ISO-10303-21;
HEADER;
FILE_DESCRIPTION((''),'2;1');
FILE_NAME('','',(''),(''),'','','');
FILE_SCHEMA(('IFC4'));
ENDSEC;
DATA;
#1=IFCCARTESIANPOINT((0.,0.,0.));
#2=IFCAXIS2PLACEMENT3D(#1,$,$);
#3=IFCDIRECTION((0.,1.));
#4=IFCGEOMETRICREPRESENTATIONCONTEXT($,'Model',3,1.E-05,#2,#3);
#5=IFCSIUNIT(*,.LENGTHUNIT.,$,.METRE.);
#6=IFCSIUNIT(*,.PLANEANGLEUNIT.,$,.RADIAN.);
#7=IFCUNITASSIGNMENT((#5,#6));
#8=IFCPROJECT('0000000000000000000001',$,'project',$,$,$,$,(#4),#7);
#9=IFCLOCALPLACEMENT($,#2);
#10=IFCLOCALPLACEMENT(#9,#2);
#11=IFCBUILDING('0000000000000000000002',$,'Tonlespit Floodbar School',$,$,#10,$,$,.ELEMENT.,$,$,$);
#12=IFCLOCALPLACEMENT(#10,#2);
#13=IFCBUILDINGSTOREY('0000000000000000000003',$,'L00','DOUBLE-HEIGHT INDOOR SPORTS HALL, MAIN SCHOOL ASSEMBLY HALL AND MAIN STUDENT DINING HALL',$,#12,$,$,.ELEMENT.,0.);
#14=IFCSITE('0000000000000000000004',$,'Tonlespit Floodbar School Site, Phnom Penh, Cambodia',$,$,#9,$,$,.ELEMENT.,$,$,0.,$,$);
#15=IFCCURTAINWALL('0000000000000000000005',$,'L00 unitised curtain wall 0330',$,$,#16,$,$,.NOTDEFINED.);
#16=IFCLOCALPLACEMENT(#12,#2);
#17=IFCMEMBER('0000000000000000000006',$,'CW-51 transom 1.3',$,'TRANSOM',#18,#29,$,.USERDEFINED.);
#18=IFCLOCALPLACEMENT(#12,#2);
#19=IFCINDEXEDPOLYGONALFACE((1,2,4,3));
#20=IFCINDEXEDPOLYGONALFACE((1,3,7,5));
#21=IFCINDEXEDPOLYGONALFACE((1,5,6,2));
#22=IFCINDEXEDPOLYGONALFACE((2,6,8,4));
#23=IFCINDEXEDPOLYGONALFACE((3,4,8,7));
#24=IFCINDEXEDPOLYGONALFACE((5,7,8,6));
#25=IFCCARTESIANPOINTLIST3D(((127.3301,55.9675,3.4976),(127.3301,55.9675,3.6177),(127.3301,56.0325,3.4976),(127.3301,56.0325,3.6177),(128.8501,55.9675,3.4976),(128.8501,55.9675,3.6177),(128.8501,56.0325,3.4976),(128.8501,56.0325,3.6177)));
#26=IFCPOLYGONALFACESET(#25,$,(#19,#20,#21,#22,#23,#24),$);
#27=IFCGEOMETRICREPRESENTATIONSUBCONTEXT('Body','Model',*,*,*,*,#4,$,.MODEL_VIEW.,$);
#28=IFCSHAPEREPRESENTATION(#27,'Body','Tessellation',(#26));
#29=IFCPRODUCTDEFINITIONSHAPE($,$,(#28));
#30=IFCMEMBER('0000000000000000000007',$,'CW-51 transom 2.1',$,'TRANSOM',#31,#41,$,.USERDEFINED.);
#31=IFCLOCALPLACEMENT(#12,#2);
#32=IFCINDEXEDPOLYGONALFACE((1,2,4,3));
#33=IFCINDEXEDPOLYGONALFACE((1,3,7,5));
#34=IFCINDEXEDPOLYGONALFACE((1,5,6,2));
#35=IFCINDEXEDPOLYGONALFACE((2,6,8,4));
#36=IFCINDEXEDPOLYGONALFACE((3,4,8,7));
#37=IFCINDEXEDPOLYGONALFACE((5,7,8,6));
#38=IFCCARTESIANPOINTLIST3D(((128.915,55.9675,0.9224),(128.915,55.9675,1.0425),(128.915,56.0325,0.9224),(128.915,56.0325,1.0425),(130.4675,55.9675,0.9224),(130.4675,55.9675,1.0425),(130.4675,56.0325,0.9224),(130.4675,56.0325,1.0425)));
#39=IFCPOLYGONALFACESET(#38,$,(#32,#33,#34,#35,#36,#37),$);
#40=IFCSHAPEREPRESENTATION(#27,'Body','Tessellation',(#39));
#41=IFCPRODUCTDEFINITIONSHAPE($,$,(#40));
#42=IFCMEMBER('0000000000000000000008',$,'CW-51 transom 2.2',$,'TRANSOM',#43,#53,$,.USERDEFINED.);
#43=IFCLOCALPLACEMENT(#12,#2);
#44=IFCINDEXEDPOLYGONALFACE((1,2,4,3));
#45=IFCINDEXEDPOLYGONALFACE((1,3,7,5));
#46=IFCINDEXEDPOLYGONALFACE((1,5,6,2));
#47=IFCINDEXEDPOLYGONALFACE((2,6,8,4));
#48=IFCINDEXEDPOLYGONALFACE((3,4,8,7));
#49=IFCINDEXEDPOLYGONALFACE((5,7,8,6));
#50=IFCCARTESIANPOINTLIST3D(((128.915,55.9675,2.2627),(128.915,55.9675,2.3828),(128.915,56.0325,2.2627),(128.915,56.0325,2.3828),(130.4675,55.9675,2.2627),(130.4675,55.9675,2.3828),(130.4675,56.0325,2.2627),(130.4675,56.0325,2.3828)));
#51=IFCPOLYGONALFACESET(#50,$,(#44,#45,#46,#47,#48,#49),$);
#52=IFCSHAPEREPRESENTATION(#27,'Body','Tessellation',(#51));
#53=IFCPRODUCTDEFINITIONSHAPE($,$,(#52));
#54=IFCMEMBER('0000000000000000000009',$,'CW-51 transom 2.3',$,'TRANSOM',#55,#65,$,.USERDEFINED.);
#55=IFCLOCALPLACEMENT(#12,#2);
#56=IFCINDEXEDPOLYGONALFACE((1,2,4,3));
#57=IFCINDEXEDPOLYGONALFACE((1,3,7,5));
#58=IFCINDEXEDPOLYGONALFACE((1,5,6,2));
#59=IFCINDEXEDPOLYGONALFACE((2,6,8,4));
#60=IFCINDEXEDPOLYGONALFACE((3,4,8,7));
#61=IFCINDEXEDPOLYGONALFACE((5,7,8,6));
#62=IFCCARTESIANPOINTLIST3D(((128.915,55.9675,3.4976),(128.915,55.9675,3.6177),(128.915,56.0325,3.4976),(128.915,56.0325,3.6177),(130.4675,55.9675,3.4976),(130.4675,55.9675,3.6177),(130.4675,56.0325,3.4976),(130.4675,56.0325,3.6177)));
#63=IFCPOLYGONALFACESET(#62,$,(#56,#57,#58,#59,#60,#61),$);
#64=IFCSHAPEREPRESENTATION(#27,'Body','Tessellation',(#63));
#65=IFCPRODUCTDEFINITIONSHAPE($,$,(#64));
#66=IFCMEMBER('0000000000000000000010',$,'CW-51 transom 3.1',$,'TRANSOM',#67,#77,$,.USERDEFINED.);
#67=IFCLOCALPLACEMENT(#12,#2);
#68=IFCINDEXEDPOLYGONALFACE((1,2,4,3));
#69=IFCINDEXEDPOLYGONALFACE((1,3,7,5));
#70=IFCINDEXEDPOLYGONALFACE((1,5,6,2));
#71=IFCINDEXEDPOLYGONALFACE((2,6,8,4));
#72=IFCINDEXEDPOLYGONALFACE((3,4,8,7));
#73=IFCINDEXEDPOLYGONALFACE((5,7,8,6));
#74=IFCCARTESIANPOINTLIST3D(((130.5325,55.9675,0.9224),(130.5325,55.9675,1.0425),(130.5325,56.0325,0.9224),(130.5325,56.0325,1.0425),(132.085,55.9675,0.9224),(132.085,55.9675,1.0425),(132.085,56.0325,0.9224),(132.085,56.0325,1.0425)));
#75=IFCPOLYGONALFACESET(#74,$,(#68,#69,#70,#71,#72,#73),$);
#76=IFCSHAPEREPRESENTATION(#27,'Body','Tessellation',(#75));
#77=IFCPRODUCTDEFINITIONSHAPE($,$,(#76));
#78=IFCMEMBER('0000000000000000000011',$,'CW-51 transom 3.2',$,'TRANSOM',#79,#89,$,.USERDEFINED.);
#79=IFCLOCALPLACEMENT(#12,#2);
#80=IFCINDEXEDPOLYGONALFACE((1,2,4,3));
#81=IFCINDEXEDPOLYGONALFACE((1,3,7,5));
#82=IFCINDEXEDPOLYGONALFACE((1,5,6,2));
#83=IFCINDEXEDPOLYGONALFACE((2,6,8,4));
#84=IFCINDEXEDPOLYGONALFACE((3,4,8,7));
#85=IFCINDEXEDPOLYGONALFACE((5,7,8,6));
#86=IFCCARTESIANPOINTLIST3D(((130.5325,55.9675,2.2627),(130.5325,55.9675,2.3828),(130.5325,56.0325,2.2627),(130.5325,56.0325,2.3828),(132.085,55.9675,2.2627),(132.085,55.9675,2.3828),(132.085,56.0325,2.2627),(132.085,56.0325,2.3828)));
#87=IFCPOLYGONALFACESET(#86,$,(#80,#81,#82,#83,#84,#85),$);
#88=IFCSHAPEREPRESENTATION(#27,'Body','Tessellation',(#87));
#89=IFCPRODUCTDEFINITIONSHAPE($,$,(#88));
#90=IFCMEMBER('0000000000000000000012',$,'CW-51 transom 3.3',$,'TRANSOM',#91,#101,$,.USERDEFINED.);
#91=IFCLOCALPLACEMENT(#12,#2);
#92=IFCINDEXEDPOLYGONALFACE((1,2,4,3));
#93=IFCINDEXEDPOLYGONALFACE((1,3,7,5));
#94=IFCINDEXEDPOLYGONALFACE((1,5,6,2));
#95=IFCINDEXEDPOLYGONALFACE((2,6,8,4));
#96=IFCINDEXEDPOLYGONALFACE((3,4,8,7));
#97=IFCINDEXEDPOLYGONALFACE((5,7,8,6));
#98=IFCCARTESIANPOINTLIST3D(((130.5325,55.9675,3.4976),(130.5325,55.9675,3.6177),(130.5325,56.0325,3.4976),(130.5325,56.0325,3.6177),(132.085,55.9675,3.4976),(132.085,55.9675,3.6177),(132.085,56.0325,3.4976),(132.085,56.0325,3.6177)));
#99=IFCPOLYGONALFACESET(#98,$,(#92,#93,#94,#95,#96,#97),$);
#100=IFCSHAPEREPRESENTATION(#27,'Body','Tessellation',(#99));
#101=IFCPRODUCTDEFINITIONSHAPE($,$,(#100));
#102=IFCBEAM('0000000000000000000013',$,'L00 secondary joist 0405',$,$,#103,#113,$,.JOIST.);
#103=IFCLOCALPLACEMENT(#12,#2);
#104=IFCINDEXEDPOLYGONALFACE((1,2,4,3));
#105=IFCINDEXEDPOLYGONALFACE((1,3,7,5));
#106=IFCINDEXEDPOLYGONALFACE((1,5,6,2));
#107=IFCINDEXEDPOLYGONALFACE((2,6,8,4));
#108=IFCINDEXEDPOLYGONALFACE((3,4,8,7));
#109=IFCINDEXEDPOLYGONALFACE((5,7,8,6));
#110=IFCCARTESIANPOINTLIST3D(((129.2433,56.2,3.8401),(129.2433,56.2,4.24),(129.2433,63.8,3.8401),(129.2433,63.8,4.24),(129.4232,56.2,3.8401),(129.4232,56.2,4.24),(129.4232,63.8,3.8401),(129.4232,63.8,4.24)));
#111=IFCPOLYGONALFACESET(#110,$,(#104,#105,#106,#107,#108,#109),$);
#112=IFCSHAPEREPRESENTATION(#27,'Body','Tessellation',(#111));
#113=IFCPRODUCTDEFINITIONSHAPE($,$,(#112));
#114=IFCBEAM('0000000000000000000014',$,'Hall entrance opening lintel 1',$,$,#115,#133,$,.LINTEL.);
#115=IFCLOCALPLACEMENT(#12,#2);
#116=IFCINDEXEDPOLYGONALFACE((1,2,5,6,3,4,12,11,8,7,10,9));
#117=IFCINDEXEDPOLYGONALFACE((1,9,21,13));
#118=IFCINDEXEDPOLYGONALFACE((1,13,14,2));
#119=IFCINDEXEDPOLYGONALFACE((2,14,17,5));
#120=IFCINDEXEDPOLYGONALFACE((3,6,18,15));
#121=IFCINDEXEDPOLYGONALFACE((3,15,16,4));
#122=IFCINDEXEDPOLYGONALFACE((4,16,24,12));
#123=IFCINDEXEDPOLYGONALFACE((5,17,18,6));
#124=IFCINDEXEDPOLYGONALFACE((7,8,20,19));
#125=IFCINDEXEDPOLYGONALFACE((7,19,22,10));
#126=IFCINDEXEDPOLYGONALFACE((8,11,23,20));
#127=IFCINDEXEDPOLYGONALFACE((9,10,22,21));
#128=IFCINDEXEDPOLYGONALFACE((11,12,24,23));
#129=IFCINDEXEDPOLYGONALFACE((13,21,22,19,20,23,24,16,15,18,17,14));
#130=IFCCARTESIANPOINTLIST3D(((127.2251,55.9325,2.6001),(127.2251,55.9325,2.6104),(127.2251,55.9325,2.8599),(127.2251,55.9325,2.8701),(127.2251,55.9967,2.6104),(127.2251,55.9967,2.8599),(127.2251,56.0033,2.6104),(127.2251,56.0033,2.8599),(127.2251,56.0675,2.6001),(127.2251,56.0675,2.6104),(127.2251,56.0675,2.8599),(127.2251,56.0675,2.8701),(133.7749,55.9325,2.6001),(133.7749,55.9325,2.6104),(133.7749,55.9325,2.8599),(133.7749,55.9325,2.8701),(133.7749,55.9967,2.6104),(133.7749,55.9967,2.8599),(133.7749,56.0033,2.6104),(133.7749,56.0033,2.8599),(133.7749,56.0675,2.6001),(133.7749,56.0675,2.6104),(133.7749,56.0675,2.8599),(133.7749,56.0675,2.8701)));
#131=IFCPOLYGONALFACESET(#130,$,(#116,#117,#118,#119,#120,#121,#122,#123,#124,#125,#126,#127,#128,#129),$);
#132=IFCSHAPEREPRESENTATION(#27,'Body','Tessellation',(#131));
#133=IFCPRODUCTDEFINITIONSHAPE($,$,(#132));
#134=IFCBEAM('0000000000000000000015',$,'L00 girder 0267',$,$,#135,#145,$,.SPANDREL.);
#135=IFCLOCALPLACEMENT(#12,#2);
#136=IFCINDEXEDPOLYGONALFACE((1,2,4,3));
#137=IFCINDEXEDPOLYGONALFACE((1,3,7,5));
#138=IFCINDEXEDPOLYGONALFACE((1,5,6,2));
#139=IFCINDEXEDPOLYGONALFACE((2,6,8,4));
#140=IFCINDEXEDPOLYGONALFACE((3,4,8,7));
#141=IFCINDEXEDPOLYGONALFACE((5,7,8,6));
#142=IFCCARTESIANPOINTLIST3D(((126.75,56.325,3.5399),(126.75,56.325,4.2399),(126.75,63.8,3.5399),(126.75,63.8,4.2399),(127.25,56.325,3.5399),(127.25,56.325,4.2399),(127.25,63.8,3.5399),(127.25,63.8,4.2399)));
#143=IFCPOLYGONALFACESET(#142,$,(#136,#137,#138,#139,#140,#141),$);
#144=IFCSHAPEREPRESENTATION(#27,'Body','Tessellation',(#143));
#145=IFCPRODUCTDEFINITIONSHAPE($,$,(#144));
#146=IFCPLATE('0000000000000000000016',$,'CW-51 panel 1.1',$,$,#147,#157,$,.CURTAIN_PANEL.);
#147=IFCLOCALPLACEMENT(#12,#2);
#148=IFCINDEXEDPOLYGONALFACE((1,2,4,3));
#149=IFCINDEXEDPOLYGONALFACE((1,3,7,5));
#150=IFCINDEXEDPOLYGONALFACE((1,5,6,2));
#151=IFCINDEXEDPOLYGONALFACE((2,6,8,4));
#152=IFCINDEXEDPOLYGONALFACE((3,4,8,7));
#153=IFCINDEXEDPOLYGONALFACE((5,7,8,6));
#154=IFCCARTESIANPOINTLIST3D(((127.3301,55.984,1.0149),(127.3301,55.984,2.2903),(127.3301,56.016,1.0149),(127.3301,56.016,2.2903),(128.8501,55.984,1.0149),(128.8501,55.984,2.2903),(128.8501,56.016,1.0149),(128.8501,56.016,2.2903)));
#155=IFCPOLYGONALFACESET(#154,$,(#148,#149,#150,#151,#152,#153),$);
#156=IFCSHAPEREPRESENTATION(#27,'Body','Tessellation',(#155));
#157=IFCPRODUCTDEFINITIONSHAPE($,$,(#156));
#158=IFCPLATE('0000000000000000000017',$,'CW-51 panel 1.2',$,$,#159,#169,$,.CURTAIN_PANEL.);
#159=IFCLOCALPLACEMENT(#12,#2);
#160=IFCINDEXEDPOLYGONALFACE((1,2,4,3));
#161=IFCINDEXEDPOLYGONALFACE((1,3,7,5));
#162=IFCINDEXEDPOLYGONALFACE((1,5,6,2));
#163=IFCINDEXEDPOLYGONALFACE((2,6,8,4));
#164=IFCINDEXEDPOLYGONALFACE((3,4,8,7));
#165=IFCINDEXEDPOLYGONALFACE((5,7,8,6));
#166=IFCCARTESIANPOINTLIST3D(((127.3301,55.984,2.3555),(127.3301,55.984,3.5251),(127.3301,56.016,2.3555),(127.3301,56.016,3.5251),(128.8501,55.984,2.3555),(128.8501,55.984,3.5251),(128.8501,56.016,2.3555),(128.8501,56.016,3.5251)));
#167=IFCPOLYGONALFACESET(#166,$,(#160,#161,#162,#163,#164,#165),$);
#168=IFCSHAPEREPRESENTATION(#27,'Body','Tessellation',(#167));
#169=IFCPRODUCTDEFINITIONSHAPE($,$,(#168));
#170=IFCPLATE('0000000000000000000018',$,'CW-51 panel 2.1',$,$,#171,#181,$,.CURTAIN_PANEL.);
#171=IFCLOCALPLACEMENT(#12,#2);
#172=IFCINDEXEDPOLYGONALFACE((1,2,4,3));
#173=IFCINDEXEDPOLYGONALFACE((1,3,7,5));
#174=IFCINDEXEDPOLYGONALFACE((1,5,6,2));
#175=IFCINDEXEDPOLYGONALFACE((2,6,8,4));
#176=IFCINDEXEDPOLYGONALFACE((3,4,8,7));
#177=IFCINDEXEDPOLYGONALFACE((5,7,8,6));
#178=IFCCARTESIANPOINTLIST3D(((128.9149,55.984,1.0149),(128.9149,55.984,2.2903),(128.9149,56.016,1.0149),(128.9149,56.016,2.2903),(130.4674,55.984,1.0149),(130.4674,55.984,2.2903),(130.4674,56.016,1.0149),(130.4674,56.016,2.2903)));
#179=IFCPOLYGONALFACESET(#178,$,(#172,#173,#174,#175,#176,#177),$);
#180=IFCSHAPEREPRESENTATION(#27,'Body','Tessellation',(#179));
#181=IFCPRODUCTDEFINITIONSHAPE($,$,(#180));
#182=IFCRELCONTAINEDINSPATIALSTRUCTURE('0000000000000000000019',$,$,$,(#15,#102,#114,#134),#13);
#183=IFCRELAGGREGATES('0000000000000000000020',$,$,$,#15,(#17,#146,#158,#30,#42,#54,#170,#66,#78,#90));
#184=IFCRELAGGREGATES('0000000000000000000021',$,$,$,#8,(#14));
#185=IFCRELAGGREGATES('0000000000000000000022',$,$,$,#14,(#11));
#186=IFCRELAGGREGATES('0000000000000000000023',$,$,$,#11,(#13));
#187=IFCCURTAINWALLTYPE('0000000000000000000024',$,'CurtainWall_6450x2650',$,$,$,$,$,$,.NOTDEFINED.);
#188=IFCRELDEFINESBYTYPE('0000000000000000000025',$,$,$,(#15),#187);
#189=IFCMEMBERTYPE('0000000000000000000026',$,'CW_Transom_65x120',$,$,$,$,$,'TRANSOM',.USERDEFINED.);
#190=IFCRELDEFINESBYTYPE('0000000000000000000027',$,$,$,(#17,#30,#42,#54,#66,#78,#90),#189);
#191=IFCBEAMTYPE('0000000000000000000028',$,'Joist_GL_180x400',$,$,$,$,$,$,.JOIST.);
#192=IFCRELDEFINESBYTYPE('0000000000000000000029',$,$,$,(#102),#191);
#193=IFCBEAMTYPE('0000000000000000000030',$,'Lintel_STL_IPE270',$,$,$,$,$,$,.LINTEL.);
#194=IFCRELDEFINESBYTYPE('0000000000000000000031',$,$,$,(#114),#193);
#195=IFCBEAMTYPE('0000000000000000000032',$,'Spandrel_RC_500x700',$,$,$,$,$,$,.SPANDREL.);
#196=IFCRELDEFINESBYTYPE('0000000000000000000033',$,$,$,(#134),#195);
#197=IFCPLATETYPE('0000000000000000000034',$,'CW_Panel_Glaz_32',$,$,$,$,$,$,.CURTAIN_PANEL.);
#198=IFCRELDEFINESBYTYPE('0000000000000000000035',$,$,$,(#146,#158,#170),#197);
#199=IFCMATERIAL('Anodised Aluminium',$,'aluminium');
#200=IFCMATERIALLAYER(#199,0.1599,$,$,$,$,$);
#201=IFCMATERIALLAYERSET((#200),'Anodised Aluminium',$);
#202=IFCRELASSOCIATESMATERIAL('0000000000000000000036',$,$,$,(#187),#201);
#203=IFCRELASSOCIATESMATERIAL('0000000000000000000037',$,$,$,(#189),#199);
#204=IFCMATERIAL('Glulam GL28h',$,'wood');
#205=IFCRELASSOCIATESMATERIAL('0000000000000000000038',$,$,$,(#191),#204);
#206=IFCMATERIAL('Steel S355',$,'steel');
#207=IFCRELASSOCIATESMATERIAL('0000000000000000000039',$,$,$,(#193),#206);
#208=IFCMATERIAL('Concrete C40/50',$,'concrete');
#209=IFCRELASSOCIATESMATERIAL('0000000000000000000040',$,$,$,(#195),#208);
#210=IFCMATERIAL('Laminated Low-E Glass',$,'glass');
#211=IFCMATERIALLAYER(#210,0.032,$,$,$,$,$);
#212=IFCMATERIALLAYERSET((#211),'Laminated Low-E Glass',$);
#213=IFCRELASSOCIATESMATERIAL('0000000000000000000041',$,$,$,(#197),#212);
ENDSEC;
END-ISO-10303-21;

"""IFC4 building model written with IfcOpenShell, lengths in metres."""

from ifc_helpers import new_model, si_unit, direction, frame, origin, origin_2d, place, context, subcontext, project, spatial, rectangle, i_section, extrude, material, layer, layer_set, material_profile, profile_set, type_object, element, aggregate, save


model = new_model("IFC4")

# Units and contexts
model_context = context("Model", 3, precision=1e-05, world=origin(), true_north=direction((0.0, 1.0)))
body_context = subcontext(model_context, "Body", "Model", "MODEL_VIEW")
ifc_project = project(units=[si_unit("LENGTHUNIT", "METRE"), si_unit("PLANEANGLEUNIT", "RADIAN")], contexts=[model_context])

# Site, building, storey
site_placement = place(None, origin())
site = spatial("IfcSite", under=ifc_project, at=site_placement, Name="Tonlespit Floodbar School Site, Phnom Penh, Cambodia", CompositionType="ELEMENT", RefElevation=0.0)
building_placement = place(site_placement, origin())
building = spatial("IfcBuilding", under=site, at=building_placement, Name="Tonlespit Floodbar School", CompositionType="ELEMENT")
storey_placement = place(building_placement, origin())
storey = spatial("IfcBuildingStorey", under=building, at=storey_placement, Name="L00", Description="DOUBLE-HEIGHT INDOOR SPORTS HALL, MAIN SCHOOL ASSEMBLY HALL AND MAIN STUDENT DINING HALL", CompositionType="ELEMENT", Elevation=0.0)

# Shared definitions
ifc_material_1 = material(Name="Concrete C40/50", Category="concrete")

# Curtain wall, members
ifc_material_2 = material(Name="Anodised Aluminium", Category="aluminium")
ifc_layer_1 = layer(ifc_material_2, 0.1599)
ifc_layer_set_1 = layer_set([ifc_layer_1], Name="Anodised Aluminium")
curtain_wall_type = type_object("IfcCurtainWallType", Name="CurtainWall_6450x2650", PredefinedType="NOTDEFINED", material=ifc_layer_set_1)
curtain_wall_placement = place(storey_placement, origin())
curtain_wall = element("IfcCurtainWall", 1, at=curtain_wall_placement, inside=storey, type_object=curtain_wall_type, Name="L00 unitised curtain wall 0330", PredefinedType="NOTDEFINED")
ifc_material_profile_1 = material_profile(ifc_material_2, rectangle(XDim=0.0649, YDim=0.1201, at=origin_2d()), Name="ALU T65x120")
ifc_profile_set_1 = profile_set([ifc_material_profile_1], Name="Anodised Aluminium")
member_type_1 = type_object("IfcMemberType", Name="CW_Transom_65x120", ElementType="TRANSOM", PredefinedType="USERDEFINED", material=ifc_profile_set_1)
member_1_placement = place(storey_placement, frame((127.3301, 56.0, 3.5576), z_axis=(1.0, 0.0, 0.0), x_axis=(0.0, 1.0, 0.0)))
member_1 = element("IfcMember", 2, at=member_1_placement, type_object=member_type_1, Name="CW-51 transom 1.3", ObjectType="TRANSOM", PredefinedType="USERDEFINED", context=body_context, shape_type="SweptSolid", body=[
    extrude(rectangle(XDim=0.0649, YDim=0.1201, at=origin_2d()), origin(), (0.0, 0.0, 1.0), 1.52),
])
member_2_placement = place(storey_placement, frame((128.915, 56.0, 0.9824), z_axis=(1.0, 0.0, 0.0), x_axis=(0.0, 1.0, 0.0)))
member_2 = element("IfcMember", 3, at=member_2_placement, type_object=member_type_1, Name="CW-51 transom 2.1", ObjectType="TRANSOM", PredefinedType="USERDEFINED", context=body_context, shape_type="SweptSolid", body=[
    extrude(rectangle(XDim=0.0649, YDim=0.1201, at=origin_2d()), origin(), (0.0, 0.0, 1.0), 1.5525),
])
member_3_placement = place(storey_placement, frame((128.915, 56.0, 2.3228), z_axis=(1.0, 0.0, 0.0), x_axis=(0.0, 1.0, 0.0)))
member_3 = element("IfcMember", 4, at=member_3_placement, type_object=member_type_1, Name="CW-51 transom 2.2", ObjectType="TRANSOM", PredefinedType="USERDEFINED", context=body_context, shape_type="SweptSolid", body=[
    extrude(rectangle(XDim=0.0649, YDim=0.1201, at=origin_2d()), origin(), (0.0, 0.0, 1.0), 1.5525),
])
member_4_placement = place(storey_placement, frame((128.915, 56.0, 3.5576), z_axis=(1.0, 0.0, 0.0), x_axis=(0.0, 1.0, 0.0)))
member_4 = element("IfcMember", 5, at=member_4_placement, type_object=member_type_1, Name="CW-51 transom 2.3", ObjectType="TRANSOM", PredefinedType="USERDEFINED", context=body_context, shape_type="SweptSolid", body=[
    extrude(rectangle(XDim=0.0649, YDim=0.1201, at=origin_2d()), origin(), (0.0, 0.0, 1.0), 1.5525),
])
member_5_placement = place(storey_placement, frame((130.5325, 56.0, 0.9824), z_axis=(1.0, 0.0, 0.0), x_axis=(0.0, 1.0, 0.0)))
member_5 = element("IfcMember", 6, at=member_5_placement, type_object=member_type_1, Name="CW-51 transom 3.1", ObjectType="TRANSOM", PredefinedType="USERDEFINED", context=body_context, shape_type="SweptSolid", body=[
    extrude(rectangle(XDim=0.0649, YDim=0.1201, at=origin_2d()), origin(), (0.0, 0.0, 1.0), 1.5525),
])
member_6_placement = place(storey_placement, frame((130.5325, 56.0, 2.3228), z_axis=(1.0, 0.0, 0.0), x_axis=(0.0, 1.0, 0.0)))
member_6 = element("IfcMember", 7, at=member_6_placement, type_object=member_type_1, Name="CW-51 transom 3.2", ObjectType="TRANSOM", PredefinedType="USERDEFINED", context=body_context, shape_type="SweptSolid", body=[
    extrude(rectangle(XDim=0.0649, YDim=0.1201, at=origin_2d()), origin(), (0.0, 0.0, 1.0), 1.5525),
])
member_7_placement = place(storey_placement, frame((130.5325, 56.0, 3.5576), z_axis=(1.0, 0.0, 0.0), x_axis=(0.0, 1.0, 0.0)))
member_7 = element("IfcMember", 8, at=member_7_placement, type_object=member_type_1, Name="CW-51 transom 3.3", ObjectType="TRANSOM", PredefinedType="USERDEFINED", context=body_context, shape_type="SweptSolid", body=[
    extrude(rectangle(XDim=0.0649, YDim=0.1201, at=origin_2d()), origin(), (0.0, 0.0, 1.0), 1.5525),
])

# Beams
ifc_material_3 = material(Name="Glulam GL28h", Category="wood")
ifc_material_profile_2 = material_profile(ifc_material_3, rectangle(XDim=0.1799, YDim=0.3999, at=origin_2d()), Name="GL 180x400")
ifc_profile_set_2 = profile_set([ifc_material_profile_2], Name="Glulam GL28h")
beam_type_1 = type_object("IfcBeamType", Name="Joist_GL_180x400", PredefinedType="JOIST", material=ifc_profile_set_2)
beam_1_placement = place(storey_placement, frame((129.3333, 56.2, 4.04), z_axis=(0.0, 1.0, 0.0), x_axis=(-1.0, 0.0, 0.0)))
element("IfcBeam", 9, at=beam_1_placement, inside=storey, type_object=beam_type_1, Name="L00 secondary joist 0405", PredefinedType="JOIST", context=body_context, shape_type="SweptSolid", body=[
    extrude(rectangle(XDim=0.1799, YDim=0.3999, at=origin_2d()), origin(), (0.0, 0.0, 1.0), 7.6001),
])
ifc_material_4 = material(Name="Steel S355", Category="steel")
ifc_material_profile_3 = material_profile(ifc_material_4, i_section(OverallWidth=0.135, OverallDepth=0.27, WebThickness=0.0066, FlangeThickness=0.0103, at=origin_2d()), Name="IPE 270")
ifc_profile_set_3 = profile_set([ifc_material_profile_3], Name="Steel S355")
beam_type_2 = type_object("IfcBeamType", Name="Lintel_STL_IPE270", PredefinedType="LINTEL", material=ifc_profile_set_3)
beam_2_placement = place(storey_placement, frame((127.2251, 56.0, 2.7351), z_axis=(1.0, 0.0, 0.0), x_axis=(0.0, 1.0, 0.0)))
element("IfcBeam", 10, at=beam_2_placement, inside=storey, type_object=beam_type_2, Name="Hall entrance opening lintel 1", PredefinedType="LINTEL", context=body_context, shape_type="SweptSolid", body=[
    extrude(i_section(OverallWidth=0.135, OverallDepth=0.27, WebThickness=0.0066, FlangeThickness=0.0103, at=origin_2d()), origin(), (0.0, 0.0, 1.0), 6.5498),
])
ifc_material_profile_4 = material_profile(ifc_material_1, rectangle(XDim=0.5, YDim=0.7, at=origin_2d()), Name="RC 500x700")
ifc_profile_set_4 = profile_set([ifc_material_profile_4], Name="Concrete C40/50")
beam_type_3 = type_object("IfcBeamType", Name="Spandrel_RC_500x700", PredefinedType="SPANDREL", material=ifc_profile_set_4)
beam_3_placement = place(storey_placement, frame((127.0, 56.325, 3.8899), z_axis=(0.0, 1.0, 0.0), x_axis=(-1.0, 0.0, 0.0)))
element("IfcBeam", 11, at=beam_3_placement, inside=storey, type_object=beam_type_3, Name="L00 girder 0267", PredefinedType="SPANDREL", context=body_context, shape_type="SweptSolid", body=[
    extrude(rectangle(XDim=0.5, YDim=0.7, at=origin_2d()), origin(), (0.0, 0.0, 1.0), 7.4751),
])

# Plates
ifc_material_5 = material(Name="Laminated Low-E Glass", Category="glass")
ifc_layer_2 = layer(ifc_material_5, 0.032)
ifc_layer_set_2 = layer_set([ifc_layer_2], Name="Laminated Low-E Glass")
plate_type = type_object("IfcPlateType", Name="CW_Panel_Glaz_32", PredefinedType="CURTAIN_PANEL", material=ifc_layer_set_2)
plate_1_placement = place(storey_placement, frame((128.0901, 56.0, 1.0149), z_axis=(0.0, 0.0, 1.0), x_axis=(1.0, 0.0, 0.0)))
plate_1 = element("IfcPlate", 12, at=plate_1_placement, type_object=plate_type, Name="CW-51 panel 1.1", PredefinedType="CURTAIN_PANEL", context=body_context, shape_type="SweptSolid", body=[
    extrude(rectangle(XDim=1.52, YDim=0.032, at=origin_2d()), origin(), (0.0, 0.0, 1.0), 1.2754),
])
plate_2_placement = place(storey_placement, frame((128.0901, 56.0, 2.3555), z_axis=(0.0, 0.0, 1.0), x_axis=(1.0, 0.0, 0.0)))
plate_2 = element("IfcPlate", 13, at=plate_2_placement, type_object=plate_type, Name="CW-51 panel 1.2", PredefinedType="CURTAIN_PANEL", context=body_context, shape_type="SweptSolid", body=[
    extrude(rectangle(XDim=1.52, YDim=0.032, at=origin_2d()), origin(), (0.0, 0.0, 1.0), 1.1697),
])
plate_3_placement = place(storey_placement, frame((129.6912, 56.0, 1.0149), z_axis=(0.0, 0.0, 1.0), x_axis=(1.0, 0.0, 0.0)))
plate_3 = element("IfcPlate", 14, at=plate_3_placement, type_object=plate_type, Name="CW-51 panel 2.1", PredefinedType="CURTAIN_PANEL", context=body_context, shape_type="SweptSolid", body=[
    extrude(rectangle(XDim=1.5525, YDim=0.032, at=origin_2d()), origin(), (0.0, 0.0, 1.0), 1.2754),
])
aggregate(curtain_wall, [member_1, plate_1, plate_2, member_2, member_3, member_4, plate_3, member_5, member_6, member_7])

save(model, "model.ifc")
